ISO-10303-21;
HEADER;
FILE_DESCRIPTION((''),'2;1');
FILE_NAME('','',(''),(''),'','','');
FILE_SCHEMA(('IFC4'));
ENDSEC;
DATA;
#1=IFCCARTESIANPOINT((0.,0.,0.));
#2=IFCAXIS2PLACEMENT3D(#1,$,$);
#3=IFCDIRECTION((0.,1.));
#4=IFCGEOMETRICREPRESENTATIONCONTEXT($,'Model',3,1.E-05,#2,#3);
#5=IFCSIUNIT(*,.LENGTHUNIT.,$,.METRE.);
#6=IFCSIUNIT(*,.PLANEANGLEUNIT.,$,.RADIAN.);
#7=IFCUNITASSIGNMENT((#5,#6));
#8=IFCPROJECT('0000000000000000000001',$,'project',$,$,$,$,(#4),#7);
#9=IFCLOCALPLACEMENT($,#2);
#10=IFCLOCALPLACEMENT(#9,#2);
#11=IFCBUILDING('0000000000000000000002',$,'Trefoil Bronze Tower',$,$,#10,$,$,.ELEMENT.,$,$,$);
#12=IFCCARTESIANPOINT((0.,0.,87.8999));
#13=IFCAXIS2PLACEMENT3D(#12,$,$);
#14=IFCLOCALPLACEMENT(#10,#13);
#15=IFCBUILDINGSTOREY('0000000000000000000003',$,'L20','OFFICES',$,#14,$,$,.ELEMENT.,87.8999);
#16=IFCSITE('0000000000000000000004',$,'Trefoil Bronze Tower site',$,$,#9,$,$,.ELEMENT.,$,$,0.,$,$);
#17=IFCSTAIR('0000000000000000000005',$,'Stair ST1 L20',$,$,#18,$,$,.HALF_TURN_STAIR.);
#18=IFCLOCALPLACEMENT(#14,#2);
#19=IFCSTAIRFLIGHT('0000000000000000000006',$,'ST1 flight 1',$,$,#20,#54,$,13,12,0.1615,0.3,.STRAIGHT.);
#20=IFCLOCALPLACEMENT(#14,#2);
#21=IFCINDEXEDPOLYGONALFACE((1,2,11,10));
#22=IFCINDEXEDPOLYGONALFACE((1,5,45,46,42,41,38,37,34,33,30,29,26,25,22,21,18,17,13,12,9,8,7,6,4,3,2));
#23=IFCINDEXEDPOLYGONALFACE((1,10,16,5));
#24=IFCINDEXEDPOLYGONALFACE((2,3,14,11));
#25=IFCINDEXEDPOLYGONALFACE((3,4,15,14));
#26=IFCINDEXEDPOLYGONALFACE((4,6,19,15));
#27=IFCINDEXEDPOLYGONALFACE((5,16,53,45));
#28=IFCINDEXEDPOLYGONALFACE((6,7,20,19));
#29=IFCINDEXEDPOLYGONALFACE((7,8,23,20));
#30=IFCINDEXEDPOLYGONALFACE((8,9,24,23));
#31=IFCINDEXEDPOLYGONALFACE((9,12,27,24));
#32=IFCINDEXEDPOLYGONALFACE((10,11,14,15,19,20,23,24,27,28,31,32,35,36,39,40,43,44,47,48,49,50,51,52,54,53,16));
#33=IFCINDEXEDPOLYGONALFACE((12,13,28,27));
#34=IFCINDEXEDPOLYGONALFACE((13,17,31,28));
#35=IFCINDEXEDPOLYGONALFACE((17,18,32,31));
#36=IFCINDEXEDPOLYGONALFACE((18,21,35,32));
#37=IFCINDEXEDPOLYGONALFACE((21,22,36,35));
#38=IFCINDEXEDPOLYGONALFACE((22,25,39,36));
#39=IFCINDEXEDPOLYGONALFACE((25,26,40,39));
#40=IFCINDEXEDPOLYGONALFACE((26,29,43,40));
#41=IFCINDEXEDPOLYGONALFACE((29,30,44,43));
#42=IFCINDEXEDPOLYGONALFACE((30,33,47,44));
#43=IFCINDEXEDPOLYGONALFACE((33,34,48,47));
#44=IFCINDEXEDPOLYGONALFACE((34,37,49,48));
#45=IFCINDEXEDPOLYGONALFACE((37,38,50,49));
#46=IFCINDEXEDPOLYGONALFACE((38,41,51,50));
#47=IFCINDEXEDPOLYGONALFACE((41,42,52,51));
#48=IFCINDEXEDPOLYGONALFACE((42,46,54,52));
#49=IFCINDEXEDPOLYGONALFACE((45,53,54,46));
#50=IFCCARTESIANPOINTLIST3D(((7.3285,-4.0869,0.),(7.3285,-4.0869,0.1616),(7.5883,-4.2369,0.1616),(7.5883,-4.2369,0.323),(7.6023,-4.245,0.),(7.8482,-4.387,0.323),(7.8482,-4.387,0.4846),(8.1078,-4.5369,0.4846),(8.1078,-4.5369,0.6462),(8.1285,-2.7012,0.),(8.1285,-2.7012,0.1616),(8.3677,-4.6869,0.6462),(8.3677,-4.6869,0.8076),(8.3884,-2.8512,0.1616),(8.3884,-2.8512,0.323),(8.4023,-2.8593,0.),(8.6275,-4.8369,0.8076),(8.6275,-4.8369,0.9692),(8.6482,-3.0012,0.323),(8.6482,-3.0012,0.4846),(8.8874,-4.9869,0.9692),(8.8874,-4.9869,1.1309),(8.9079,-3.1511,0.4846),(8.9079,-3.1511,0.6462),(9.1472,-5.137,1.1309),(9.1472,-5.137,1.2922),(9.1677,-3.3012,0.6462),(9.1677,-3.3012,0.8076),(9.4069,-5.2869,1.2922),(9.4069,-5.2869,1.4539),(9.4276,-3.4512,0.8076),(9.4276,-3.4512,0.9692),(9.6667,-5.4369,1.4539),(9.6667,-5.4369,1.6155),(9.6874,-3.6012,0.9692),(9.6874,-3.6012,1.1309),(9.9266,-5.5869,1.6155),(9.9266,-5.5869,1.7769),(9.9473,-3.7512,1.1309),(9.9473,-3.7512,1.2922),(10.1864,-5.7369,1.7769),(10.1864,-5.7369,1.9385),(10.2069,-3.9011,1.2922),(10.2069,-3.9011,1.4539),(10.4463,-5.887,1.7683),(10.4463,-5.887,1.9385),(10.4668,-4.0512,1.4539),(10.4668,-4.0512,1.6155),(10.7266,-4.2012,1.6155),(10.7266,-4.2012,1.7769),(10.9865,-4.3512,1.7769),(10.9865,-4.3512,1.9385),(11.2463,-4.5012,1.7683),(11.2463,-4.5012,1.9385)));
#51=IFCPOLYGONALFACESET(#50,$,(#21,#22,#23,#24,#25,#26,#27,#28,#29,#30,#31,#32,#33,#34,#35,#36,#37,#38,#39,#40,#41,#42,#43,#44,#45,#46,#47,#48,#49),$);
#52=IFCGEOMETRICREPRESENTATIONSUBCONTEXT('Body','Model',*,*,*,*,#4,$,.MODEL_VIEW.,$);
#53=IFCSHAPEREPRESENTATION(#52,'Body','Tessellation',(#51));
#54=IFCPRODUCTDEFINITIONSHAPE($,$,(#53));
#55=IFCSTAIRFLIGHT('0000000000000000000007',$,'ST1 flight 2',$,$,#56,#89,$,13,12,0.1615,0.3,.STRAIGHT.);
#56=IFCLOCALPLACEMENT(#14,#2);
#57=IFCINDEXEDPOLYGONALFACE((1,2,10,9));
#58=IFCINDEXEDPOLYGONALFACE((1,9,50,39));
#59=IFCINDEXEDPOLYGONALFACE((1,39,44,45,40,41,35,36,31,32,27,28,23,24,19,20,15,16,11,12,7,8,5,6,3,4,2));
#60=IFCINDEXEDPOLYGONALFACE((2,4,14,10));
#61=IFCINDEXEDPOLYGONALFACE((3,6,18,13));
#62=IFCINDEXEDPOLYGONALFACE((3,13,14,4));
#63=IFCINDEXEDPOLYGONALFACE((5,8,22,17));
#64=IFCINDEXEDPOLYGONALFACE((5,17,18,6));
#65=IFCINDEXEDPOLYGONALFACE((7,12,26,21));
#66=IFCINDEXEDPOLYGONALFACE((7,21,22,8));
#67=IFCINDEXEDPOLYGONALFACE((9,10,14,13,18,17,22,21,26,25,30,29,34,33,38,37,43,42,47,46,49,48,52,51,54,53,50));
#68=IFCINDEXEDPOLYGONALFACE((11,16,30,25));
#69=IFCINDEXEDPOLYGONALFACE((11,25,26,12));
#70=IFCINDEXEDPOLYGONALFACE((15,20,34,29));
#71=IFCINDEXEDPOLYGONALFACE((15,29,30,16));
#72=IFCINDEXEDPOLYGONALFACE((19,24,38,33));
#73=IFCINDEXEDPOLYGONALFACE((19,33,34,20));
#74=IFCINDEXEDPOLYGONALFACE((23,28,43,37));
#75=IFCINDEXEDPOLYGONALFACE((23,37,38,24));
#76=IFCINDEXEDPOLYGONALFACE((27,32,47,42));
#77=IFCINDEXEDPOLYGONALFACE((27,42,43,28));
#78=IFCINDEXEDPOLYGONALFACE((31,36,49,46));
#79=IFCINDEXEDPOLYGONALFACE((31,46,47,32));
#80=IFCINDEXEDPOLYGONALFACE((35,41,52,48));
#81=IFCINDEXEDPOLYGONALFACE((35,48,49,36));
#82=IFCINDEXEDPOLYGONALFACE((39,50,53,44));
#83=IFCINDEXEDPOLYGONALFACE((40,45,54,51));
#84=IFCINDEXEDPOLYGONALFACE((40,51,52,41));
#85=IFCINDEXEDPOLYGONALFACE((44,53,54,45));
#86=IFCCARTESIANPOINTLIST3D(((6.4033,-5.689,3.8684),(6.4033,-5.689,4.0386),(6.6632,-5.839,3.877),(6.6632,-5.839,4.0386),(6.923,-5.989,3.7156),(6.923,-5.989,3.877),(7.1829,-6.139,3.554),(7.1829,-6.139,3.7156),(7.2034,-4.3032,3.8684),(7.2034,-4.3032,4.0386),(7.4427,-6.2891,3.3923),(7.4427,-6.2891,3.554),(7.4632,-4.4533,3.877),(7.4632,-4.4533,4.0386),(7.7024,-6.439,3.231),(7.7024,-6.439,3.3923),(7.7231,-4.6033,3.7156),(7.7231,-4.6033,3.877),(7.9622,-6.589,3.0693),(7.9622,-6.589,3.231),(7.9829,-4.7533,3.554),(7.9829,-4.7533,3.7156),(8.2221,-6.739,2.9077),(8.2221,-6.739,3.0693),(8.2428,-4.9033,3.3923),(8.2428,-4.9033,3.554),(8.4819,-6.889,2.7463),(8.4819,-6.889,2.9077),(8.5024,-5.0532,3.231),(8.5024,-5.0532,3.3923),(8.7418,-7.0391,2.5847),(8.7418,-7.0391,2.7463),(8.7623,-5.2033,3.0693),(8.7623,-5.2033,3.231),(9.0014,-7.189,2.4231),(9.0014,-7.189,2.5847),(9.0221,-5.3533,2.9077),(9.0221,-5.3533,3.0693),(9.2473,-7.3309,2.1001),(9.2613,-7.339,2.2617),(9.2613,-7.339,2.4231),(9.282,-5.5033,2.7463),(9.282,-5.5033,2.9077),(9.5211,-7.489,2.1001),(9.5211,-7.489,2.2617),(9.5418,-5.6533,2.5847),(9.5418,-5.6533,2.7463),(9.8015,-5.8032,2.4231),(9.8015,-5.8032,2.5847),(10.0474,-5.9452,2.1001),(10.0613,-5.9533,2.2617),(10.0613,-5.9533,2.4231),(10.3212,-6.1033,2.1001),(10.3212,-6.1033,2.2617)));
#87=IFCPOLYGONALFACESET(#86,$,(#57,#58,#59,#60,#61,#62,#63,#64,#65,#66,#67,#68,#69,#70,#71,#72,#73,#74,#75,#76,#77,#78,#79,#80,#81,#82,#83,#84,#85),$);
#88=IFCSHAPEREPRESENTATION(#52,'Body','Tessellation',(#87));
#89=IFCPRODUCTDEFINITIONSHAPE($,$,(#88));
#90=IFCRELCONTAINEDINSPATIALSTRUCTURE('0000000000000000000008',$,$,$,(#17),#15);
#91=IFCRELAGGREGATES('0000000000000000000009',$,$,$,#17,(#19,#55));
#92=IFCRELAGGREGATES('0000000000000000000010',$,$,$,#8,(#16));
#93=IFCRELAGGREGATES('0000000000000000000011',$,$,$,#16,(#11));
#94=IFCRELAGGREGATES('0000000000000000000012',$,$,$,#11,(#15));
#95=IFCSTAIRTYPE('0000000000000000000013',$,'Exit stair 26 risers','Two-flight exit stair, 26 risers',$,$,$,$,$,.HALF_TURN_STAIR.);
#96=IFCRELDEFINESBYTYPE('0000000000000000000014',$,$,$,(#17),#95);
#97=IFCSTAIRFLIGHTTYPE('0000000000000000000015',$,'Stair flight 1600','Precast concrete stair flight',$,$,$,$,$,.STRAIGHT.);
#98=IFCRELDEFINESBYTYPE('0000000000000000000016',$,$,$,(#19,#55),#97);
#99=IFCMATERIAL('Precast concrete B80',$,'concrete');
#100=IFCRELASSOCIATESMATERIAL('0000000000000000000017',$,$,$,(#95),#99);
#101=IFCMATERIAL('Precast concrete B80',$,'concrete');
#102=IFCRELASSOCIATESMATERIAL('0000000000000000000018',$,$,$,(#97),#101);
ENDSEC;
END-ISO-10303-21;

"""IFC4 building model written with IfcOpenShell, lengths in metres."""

from ifc_helpers import new_model, si_unit, direction, frame, origin, place, context, subcontext, project, spatial, polyline, outline, extrude, material, type_object, element, aggregate, save


model = new_model("IFC4")

# Units and contexts
model_context = context("Model", 3, precision=1e-05, world=origin(), true_north=direction((0.0, 1.0)))
body_context = subcontext(model_context, "Body", "Model", "MODEL_VIEW")
ifc_project = project(units=[si_unit("LENGTHUNIT", "METRE"), si_unit("PLANEANGLEUNIT", "RADIAN")], contexts=[model_context])

# Site, building, storey
site_placement = place(None, origin())
site = spatial("IfcSite", under=ifc_project, at=site_placement, Name="Trefoil Bronze Tower site", CompositionType="ELEMENT", RefElevation=0.0)
building_placement = place(site_placement, origin())
building = spatial("IfcBuilding", under=site, at=building_placement, Name="Trefoil Bronze Tower", CompositionType="ELEMENT")
storey_placement = place(building_placement, frame((0.0, 0.0, 87.8999)))
storey = spatial("IfcBuildingStorey", under=building, at=storey_placement, Name="L20", Description="OFFICES", CompositionType="ELEMENT", Elevation=87.8999)

# Stair, stair flights
ifc_material_1 = material(Name="Precast concrete B80", Category="concrete")
stair_type = type_object("IfcStairType", Name="Exit stair 26 risers", Description="Two-flight exit stair, 26 risers", PredefinedType="HALF_TURN_STAIR", material=ifc_material_1)
stair_placement = place(storey_placement, origin())
stair = element("IfcStair", 1, at=stair_placement, inside=storey, type_object=stair_type, Name="Stair ST1 L20", PredefinedType="HALF_TURN_STAIR")
ifc_material_2 = material(Name="Precast concrete B80", Category="concrete")
stair_flight_type = type_object("IfcStairFlightType", Name="Stair flight 1600", Description="Precast concrete stair flight", PredefinedType="STRAIGHT", material=ifc_material_2)
stair_flight_1_placement = place(storey_placement, frame((7.7285, -3.394, 0.0), z_axis=(0.0, 0.0, 1.0), x_axis=(0.866025, -0.5, 0.0)))
stair_flight_1 = element("IfcStairFlight", 2, at=stair_flight_1_placement, type_object=stair_flight_type, Name="ST1 flight 1", NumberOfRisers=13, NumberOfTreads=12, PredefinedType="STRAIGHT", RiserHeight=0.1615, TreadLength=0.3, context=body_context, shape_type="SweptSolid", body=[
    extrude(outline(polyline([(0.0, 0.0), (0.0, 0.1616), (0.3, 0.1616), (0.3, 0.323), (0.6001, 0.323), (0.6001, 0.4846), (0.8999, 0.4846), (0.8999, 0.6462), (1.2, 0.6462), (1.2, 0.8076), (1.5, 0.8076), (1.5, 0.9692), (1.8, 0.9692), (1.8, 1.1309), (2.1001, 1.1309), (2.1001, 1.2922), (2.3999, 1.2922), (2.3999, 1.4539), (2.7, 1.4539), (2.7, 1.6155), (3.0, 1.6155), (3.0, 1.7769), (3.3, 1.7769), (3.3, 1.9385), (3.6001, 1.9385), (3.6001, 2.1001), (3.6001, 1.7683), (0.3162, 0.0), (0.0, 0.0)])), frame((0.0, 0.8, 0.0), z_axis=(0.0, -1.0, 0.0), x_axis=(1.0, 0.0, 0.0)), (0.0, 0.0, 1.0), 1.6001),
])
stair_flight_2_placement = place(storey_placement, frame((9.9211, -6.7961, 2.1001), z_axis=(0.0, 0.0, 1.0), x_axis=(-0.866025, 0.5, 0.0)))
stair_flight_2 = element("IfcStairFlight", 3, at=stair_flight_2_placement, type_object=stair_flight_type, Name="ST1 flight 2", NumberOfRisers=13, NumberOfTreads=12, PredefinedType="STRAIGHT", RiserHeight=0.1615, TreadLength=0.3, context=body_context, shape_type="SweptSolid", body=[
    extrude(outline(polyline([(0.0, 0.0), (0.0, 0.1616), (0.3, 0.1616), (0.3, 0.323), (0.6001, 0.323), (0.6001, 0.4846), (0.8999, 0.4846), (0.8999, 0.6462), (1.2, 0.6462), (1.2, 0.8076), (1.5, 0.8076), (1.5, 0.9692), (1.8, 0.9692), (1.8, 1.1309), (2.1001, 1.1309), (2.1001, 1.2922), (2.3999, 1.2922), (2.3999, 1.4539), (2.7, 1.4539), (2.7, 1.6155), (3.0, 1.6155), (3.0, 1.7769), (3.3, 1.7769), (3.3, 1.9385), (3.6001, 1.9385), (3.6001, 2.1001), (3.6001, 1.7683), (0.3162, 0.0), (0.0, 0.0)])), frame((0.0, 0.8, 0.0), z_axis=(0.0, -1.0, 0.0), x_axis=(1.0, 0.0, 0.0)), (0.0, 0.0, 1.0), 1.6001),
])
aggregate(stair, [stair_flight_1, stair_flight_2])

save(model, "model.ifc")
